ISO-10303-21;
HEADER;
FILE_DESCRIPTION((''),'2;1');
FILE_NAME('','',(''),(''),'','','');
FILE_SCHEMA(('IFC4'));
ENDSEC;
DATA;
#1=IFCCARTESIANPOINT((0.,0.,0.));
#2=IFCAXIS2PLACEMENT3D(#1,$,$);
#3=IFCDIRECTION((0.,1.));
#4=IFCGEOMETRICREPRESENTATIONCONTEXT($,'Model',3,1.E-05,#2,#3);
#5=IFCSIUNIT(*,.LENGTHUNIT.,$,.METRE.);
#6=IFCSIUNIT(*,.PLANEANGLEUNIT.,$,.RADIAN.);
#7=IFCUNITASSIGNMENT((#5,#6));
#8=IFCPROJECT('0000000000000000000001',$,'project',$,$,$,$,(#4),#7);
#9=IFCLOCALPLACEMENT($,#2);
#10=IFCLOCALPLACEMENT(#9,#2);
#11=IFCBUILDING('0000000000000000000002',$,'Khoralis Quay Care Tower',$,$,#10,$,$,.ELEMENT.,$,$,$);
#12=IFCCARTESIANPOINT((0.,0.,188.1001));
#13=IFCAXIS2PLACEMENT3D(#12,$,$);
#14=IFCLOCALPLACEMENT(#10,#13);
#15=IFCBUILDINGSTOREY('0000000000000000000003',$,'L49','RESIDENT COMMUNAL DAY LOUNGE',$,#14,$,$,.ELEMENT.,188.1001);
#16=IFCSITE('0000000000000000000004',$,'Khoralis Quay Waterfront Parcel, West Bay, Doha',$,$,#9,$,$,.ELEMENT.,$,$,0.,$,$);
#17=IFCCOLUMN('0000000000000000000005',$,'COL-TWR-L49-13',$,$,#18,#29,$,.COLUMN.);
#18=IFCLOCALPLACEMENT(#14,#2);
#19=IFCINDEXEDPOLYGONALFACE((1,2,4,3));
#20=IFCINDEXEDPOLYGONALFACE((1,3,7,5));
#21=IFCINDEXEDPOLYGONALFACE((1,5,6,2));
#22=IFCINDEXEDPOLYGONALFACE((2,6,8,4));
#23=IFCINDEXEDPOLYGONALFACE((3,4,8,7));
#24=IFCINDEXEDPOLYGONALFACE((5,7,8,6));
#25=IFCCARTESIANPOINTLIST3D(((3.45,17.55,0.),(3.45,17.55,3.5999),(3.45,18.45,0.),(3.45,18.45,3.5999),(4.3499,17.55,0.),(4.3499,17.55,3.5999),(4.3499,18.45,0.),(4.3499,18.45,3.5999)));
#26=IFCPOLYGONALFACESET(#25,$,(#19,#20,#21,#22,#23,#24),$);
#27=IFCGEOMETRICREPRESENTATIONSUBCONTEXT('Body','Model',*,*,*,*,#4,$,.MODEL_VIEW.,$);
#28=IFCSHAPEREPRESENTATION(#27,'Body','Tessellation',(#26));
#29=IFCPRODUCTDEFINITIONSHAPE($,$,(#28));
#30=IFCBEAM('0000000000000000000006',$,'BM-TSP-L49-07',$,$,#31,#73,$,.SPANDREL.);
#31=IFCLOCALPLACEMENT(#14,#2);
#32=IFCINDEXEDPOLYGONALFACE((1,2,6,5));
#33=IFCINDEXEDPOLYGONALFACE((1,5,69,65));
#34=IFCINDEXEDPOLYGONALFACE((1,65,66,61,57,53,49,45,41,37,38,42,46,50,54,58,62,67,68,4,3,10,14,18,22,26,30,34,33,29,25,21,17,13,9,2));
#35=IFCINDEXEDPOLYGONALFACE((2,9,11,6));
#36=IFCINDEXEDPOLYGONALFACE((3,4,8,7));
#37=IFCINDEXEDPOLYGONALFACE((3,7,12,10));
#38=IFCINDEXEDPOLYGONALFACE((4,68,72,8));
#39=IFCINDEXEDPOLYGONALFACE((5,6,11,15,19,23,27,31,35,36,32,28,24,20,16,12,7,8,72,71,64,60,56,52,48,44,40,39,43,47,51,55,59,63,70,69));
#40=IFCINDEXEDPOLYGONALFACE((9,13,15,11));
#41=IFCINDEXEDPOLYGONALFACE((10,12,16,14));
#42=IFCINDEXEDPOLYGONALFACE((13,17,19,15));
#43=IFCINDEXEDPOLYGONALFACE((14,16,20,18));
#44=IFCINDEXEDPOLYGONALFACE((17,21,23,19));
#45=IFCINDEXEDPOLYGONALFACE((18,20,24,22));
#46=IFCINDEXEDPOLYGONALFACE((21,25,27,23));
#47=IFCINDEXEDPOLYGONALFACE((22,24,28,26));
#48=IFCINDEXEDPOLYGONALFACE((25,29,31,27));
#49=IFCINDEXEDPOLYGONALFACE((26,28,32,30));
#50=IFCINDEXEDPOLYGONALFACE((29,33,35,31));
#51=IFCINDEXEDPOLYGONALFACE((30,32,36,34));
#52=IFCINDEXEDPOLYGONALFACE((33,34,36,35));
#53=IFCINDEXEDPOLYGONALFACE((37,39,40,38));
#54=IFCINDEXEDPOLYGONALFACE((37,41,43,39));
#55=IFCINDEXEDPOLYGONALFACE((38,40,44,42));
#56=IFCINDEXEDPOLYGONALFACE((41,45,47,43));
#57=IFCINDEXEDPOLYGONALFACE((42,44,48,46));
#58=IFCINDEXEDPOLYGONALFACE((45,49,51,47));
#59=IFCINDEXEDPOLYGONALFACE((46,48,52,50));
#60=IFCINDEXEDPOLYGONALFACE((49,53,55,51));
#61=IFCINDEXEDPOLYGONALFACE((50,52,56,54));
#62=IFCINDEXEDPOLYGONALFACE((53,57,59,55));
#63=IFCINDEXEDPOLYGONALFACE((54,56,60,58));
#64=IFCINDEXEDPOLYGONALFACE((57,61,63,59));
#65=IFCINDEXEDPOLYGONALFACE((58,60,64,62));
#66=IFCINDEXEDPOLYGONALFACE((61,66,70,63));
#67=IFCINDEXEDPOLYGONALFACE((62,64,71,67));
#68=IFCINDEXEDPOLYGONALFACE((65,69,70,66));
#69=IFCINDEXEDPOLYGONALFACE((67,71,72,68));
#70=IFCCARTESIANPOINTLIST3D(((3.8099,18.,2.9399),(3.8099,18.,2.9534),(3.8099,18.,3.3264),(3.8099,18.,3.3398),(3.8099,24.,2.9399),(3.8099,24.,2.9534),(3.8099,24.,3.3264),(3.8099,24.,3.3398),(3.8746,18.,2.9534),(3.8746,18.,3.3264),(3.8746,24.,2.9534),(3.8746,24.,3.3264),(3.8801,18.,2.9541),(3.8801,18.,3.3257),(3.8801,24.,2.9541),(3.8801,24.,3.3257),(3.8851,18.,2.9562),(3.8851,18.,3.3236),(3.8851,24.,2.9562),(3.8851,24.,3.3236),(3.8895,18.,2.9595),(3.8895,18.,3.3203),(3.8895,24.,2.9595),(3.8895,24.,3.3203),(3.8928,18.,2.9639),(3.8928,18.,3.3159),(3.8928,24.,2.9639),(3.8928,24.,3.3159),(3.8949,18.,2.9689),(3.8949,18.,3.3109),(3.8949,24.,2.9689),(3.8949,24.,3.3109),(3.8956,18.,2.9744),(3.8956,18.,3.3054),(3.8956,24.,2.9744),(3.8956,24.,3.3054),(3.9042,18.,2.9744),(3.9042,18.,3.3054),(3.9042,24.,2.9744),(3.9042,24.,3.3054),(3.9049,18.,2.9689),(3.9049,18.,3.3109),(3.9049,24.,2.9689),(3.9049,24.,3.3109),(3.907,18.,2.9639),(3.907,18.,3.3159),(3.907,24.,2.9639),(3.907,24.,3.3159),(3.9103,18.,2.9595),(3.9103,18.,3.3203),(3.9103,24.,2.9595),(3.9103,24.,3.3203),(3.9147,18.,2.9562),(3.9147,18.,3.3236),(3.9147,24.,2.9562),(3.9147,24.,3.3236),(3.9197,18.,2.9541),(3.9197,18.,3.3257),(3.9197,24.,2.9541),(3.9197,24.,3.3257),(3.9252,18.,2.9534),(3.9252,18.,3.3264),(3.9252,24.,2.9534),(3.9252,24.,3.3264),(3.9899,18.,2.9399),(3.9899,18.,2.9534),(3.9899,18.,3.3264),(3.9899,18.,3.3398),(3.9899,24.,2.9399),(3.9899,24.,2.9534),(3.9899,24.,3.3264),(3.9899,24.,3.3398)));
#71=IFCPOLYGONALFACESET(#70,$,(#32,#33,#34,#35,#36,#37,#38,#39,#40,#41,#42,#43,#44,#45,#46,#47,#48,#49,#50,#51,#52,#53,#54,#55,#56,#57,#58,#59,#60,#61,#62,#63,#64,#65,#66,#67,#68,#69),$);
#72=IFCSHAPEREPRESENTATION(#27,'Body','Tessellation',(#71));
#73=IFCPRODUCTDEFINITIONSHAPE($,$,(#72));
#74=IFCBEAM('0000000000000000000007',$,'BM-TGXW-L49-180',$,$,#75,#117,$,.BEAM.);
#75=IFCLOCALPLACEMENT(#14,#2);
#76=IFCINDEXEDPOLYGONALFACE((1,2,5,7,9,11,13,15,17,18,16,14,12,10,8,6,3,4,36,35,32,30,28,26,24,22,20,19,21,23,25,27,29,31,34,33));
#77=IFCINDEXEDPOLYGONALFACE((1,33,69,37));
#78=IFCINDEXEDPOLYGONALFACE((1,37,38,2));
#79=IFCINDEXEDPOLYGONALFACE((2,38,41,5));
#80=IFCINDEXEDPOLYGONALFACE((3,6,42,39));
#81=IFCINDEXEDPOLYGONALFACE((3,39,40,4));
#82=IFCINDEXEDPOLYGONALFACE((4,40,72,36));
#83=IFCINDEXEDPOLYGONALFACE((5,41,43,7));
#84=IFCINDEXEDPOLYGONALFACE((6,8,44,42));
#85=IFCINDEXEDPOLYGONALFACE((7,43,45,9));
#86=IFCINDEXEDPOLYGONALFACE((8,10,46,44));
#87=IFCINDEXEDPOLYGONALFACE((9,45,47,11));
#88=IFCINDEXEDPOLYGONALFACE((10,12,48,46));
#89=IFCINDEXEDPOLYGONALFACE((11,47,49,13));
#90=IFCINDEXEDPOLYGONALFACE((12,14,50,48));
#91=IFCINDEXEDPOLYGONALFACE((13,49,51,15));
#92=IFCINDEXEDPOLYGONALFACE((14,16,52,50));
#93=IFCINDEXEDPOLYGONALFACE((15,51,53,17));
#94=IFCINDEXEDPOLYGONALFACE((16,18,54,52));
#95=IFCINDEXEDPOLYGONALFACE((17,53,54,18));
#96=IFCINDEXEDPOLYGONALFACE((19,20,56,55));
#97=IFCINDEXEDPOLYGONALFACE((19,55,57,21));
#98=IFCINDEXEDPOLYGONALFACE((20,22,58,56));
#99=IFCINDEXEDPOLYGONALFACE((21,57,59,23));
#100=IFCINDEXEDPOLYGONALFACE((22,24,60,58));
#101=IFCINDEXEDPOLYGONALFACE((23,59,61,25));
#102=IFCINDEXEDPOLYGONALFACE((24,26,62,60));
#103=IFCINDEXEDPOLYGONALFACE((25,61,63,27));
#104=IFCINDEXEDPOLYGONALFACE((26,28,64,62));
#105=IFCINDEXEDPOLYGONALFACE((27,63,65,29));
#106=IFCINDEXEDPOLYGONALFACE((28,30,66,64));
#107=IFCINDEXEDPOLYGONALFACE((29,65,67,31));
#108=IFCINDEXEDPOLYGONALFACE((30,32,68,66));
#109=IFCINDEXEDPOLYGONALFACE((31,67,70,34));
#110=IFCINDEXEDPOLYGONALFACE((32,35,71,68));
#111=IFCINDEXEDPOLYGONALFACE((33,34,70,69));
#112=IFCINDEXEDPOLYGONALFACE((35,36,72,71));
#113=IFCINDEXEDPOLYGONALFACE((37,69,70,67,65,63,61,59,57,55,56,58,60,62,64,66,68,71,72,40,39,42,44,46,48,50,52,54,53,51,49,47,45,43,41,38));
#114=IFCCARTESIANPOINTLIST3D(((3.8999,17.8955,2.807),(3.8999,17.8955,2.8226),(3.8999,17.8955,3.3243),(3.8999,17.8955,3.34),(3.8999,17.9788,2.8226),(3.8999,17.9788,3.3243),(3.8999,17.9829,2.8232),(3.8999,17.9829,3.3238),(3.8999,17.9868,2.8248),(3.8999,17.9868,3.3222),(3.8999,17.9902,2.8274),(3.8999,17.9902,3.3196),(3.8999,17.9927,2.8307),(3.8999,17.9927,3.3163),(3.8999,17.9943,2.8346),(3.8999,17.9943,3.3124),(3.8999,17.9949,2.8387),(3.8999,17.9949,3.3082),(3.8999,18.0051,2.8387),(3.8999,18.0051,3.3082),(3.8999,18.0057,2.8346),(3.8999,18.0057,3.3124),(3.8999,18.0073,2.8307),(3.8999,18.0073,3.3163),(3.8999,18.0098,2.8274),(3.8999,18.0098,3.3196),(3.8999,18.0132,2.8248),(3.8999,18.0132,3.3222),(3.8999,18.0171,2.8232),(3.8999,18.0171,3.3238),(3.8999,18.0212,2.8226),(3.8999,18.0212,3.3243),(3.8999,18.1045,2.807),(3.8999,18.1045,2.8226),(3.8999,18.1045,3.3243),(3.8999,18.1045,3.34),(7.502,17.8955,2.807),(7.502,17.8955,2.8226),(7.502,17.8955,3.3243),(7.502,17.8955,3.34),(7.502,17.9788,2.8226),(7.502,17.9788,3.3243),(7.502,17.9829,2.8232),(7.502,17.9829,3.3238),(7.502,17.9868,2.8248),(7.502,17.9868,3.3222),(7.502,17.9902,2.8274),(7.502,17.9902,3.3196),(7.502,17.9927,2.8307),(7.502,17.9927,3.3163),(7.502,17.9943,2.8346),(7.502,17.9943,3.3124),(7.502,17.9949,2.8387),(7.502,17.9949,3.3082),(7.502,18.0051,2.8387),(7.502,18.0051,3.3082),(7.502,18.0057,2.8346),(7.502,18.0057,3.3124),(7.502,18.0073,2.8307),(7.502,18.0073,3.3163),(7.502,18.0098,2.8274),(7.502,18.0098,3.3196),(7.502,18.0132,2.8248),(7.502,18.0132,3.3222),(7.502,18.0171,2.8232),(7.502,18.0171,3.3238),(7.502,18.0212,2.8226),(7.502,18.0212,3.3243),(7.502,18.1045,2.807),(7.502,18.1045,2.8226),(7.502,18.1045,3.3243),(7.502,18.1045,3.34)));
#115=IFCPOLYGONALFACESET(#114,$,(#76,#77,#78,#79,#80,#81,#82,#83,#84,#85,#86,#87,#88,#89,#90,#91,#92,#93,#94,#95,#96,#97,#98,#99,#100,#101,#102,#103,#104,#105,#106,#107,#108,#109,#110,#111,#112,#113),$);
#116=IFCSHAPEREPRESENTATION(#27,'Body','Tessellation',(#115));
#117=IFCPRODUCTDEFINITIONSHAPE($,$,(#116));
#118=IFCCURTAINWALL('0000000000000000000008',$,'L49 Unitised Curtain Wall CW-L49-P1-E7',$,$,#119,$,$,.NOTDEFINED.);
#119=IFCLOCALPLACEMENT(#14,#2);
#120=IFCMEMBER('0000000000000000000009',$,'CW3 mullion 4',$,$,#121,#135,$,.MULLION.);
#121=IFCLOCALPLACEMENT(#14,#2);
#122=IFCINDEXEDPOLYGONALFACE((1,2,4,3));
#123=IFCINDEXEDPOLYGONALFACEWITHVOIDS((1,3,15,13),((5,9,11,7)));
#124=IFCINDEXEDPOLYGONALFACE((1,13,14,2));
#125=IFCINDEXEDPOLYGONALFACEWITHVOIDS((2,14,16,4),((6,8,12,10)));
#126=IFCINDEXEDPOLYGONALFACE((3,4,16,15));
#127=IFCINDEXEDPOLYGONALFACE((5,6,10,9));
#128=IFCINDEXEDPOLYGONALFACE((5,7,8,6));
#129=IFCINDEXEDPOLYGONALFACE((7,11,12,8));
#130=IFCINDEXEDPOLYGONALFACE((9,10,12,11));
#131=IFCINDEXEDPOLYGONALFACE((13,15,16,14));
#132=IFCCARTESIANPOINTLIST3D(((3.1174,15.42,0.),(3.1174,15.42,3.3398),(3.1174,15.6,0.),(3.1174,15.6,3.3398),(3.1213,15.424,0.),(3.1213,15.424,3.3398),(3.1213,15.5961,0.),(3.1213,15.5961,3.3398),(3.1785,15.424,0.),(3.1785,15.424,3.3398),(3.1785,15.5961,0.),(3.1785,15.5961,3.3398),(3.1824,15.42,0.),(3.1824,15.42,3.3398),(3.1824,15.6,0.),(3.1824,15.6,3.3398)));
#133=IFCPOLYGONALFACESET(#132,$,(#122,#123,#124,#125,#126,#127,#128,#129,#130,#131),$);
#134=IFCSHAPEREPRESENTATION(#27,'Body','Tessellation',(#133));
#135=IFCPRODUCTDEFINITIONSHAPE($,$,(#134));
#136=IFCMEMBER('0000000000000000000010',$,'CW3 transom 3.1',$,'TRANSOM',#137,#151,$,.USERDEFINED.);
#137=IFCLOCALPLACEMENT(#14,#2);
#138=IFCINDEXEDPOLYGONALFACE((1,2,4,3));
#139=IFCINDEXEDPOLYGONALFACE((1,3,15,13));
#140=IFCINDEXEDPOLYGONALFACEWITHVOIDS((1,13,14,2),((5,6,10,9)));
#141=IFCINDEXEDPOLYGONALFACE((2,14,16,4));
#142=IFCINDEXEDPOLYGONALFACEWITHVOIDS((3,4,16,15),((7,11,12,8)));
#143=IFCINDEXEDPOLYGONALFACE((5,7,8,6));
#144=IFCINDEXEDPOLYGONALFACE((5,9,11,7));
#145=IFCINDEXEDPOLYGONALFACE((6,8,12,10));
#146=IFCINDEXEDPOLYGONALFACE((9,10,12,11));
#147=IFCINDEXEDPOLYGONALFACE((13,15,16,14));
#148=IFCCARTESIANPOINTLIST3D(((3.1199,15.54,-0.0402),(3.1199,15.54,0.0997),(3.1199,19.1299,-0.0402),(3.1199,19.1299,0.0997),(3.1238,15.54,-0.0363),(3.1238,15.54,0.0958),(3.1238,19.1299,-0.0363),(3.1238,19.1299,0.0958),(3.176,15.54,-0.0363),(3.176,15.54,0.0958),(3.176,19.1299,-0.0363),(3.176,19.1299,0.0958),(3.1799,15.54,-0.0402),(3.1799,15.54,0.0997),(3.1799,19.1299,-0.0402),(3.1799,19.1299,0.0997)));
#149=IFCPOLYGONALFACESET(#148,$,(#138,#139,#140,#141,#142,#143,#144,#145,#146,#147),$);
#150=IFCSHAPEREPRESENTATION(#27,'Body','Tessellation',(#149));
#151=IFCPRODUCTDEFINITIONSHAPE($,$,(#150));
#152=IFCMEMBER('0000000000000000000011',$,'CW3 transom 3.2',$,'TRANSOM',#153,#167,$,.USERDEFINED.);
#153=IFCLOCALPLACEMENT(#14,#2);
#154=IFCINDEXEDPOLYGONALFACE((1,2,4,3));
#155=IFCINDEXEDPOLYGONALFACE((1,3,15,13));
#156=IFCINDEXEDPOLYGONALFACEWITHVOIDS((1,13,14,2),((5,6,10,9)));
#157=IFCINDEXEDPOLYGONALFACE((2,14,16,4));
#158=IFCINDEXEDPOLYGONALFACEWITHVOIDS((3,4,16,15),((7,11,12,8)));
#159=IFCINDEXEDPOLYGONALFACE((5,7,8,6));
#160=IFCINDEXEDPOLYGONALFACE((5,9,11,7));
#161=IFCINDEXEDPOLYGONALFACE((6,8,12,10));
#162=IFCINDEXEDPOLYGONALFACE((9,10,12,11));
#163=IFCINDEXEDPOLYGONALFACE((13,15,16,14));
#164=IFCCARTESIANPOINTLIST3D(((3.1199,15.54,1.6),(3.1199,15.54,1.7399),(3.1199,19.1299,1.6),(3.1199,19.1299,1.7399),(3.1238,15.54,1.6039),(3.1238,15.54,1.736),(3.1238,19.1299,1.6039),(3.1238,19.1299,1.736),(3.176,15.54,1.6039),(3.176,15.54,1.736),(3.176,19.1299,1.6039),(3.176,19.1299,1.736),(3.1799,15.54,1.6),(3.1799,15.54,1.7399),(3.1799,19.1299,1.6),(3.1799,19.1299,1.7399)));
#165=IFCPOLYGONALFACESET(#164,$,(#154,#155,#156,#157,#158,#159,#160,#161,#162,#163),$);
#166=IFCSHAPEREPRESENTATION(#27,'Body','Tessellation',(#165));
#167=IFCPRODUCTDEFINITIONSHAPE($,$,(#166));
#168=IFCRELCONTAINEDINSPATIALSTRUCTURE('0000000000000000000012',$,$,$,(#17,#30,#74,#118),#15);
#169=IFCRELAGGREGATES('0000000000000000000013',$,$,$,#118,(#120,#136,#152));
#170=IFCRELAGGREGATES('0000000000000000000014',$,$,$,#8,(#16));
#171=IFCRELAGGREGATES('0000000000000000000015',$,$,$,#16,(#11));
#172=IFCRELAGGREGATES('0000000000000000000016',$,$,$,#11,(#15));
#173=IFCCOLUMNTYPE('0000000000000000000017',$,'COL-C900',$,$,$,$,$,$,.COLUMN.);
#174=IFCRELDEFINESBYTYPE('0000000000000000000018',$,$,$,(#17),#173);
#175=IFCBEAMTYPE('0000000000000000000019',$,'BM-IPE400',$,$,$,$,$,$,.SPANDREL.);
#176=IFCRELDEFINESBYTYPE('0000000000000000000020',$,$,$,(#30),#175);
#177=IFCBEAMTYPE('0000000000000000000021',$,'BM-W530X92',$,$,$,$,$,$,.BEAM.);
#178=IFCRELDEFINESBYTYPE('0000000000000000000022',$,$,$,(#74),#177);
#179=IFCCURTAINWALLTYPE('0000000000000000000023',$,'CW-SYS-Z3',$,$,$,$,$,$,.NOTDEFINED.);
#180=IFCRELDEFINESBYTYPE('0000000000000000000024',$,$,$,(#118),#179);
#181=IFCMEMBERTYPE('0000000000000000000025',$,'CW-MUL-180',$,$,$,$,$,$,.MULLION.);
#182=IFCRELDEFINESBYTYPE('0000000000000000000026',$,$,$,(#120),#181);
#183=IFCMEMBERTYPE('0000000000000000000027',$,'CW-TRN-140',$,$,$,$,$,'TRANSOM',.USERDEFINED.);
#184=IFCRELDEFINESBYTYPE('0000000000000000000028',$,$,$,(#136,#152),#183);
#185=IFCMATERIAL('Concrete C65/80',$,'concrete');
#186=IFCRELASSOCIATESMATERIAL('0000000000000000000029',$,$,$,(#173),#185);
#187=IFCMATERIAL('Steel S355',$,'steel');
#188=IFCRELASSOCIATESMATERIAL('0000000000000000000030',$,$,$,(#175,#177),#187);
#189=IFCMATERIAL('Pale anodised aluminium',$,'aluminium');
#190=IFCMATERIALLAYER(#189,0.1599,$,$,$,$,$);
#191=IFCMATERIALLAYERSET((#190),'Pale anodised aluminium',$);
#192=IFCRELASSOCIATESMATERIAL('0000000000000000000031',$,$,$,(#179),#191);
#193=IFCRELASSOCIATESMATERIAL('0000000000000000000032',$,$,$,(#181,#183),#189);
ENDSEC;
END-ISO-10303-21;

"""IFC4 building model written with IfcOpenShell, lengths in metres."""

from ifc_helpers import new_model, si_unit, direction, frame, origin, origin_2d, place, context, subcontext, project, spatial, rectangle, hollow_rectangle, i_section, extrude, source, transform, mapped, material, layer, layer_set, material_profile, profile_set, type_object, element, aggregate, save


model = new_model("IFC4")

# Units and contexts
model_context = context("Model", 3, precision=1e-05, world=origin(), true_north=direction((0.0, 1.0)))
body_context = subcontext(model_context, "Body", "Model", "MODEL_VIEW")
ifc_project = project(units=[si_unit("LENGTHUNIT", "METRE"), si_unit("PLANEANGLEUNIT", "RADIAN")], contexts=[model_context])

# Site, building, storey
site_placement = place(None, origin())
site = spatial("IfcSite", under=ifc_project, at=site_placement, Name="Khoralis Quay Waterfront Parcel, West Bay, Doha", CompositionType="ELEMENT", RefElevation=0.0)
building_placement = place(site_placement, origin())
building = spatial("IfcBuilding", under=site, at=building_placement, Name="Khoralis Quay Care Tower", CompositionType="ELEMENT")
storey_placement = place(building_placement, frame((0.0, 0.0, 188.1001)))
storey = spatial("IfcBuildingStorey", under=building, at=storey_placement, Name="L49", Description="RESIDENT COMMUNAL DAY LOUNGE", CompositionType="ELEMENT", Elevation=188.1001)

# Column
ifc_material_1 = material(Name="Concrete C65/80", Category="concrete")
ifc_material_profile_1 = material_profile(ifc_material_1, rectangle(XDim=0.8999, YDim=0.8999, at=origin_2d()), Name="Concrete C65/80")
ifc_profile_set_1 = profile_set([ifc_material_profile_1], Name="Concrete C65/80")
column_type = type_object("IfcColumnType", Name="COL-C900", PredefinedType="COLUMN", material=ifc_profile_set_1)
shared_shape_1 = source(origin(), body_context, "Body", "SweptSolid", [
    extrude(rectangle(XDim=0.8999, YDim=0.8999, at=origin_2d()), origin(), (0.0, 0.0, 1.0), 3.5999),
])
column_placement = place(storey_placement, frame((3.8999, 18.0, 0.0), z_axis=(0.0, 0.0, 1.0), x_axis=(1.0, 0.0, 0.0)))
element("IfcColumn", 1, at=column_placement, inside=storey, type_object=column_type, Name="COL-TWR-L49-13", PredefinedType="COLUMN", context=body_context, shape_type="MappedRepresentation", body=[
    mapped(shared_shape_1, transform((0.0, 0.0, 0.0), scale=1.0)),
])

# Beams
ifc_material_2 = material(Name="Steel S355", Category="steel")
ifc_material_profile_2 = material_profile(ifc_material_2, i_section(OverallWidth=0.1799, OverallDepth=0.3999, WebThickness=0.0085, FlangeThickness=0.0134, FilletRadius=0.021, at=origin_2d()), Name="Steel S355")
ifc_profile_set_2 = profile_set([ifc_material_profile_2], Name="Steel S355")
beam_type_1 = type_object("IfcBeamType", Name="BM-IPE400", PredefinedType="SPANDREL", material=ifc_profile_set_2)
shared_shape_2 = source(origin(), body_context, "Body", "SweptSolid", [
    extrude(i_section(OverallWidth=0.1799, OverallDepth=0.3999, WebThickness=0.0085, FlangeThickness=0.0134, FilletRadius=0.021, at=origin_2d()), origin(), (0.0, 0.0, 1.0), 6.0),
])
beam_1_placement = place(storey_placement, frame((3.8999, 18.0, 3.1399), z_axis=(0.0, 1.0, 0.0), x_axis=(-1.0, 0.0, 0.0)))
element("IfcBeam", 2, at=beam_1_placement, inside=storey, type_object=beam_type_1, Name="BM-TSP-L49-07", PredefinedType="SPANDREL", context=body_context, shape_type="MappedRepresentation", body=[
    mapped(shared_shape_2, transform((0.0, 0.0, 0.0), scale=1.0)),
])
ifc_material_profile_3 = material_profile(ifc_material_2, i_section(OverallWidth=0.209, OverallDepth=0.533, WebThickness=0.0103, FlangeThickness=0.0156, FilletRadius=0.0161, at=origin_2d()), Name="Steel S355")
ifc_profile_set_3 = profile_set([ifc_material_profile_3], Name="Steel S355")
beam_type_2 = type_object("IfcBeamType", Name="BM-W530X92", PredefinedType="BEAM", material=ifc_profile_set_3)
shared_shape_3 = source(origin(), body_context, "Body", "SweptSolid", [
    extrude(i_section(OverallWidth=0.209, OverallDepth=0.533, WebThickness=0.0103, FlangeThickness=0.0156, FilletRadius=0.0161, at=origin_2d()), origin(), (0.0, 0.0, 1.0), 3.6021),
])
beam_2_placement = place(storey_placement, frame((3.8999, 18.0, 3.0735), z_axis=(1.0, 0.0, 0.0), x_axis=(0.0, 1.0, 0.0)))
element("IfcBeam", 3, at=beam_2_placement, inside=storey, type_object=beam_type_2, Name="BM-TGXW-L49-180", PredefinedType="BEAM", context=body_context, shape_type="MappedRepresentation", body=[
    mapped(shared_shape_3, transform((0.0, 0.0, 0.0), scale=1.0)),
])

# Curtain wall, members
ifc_material_3 = material(Name="Pale anodised aluminium", Category="aluminium")
ifc_layer_1 = layer(ifc_material_3, 0.1599)
ifc_layer_set_1 = layer_set([ifc_layer_1], Name="Pale anodised aluminium")
curtain_wall_type = type_object("IfcCurtainWallType", Name="CW-SYS-Z3", PredefinedType="NOTDEFINED", material=ifc_layer_set_1)
curtain_wall_placement = place(storey_placement, origin())
curtain_wall = element("IfcCurtainWall", 4, at=curtain_wall_placement, inside=storey, type_object=curtain_wall_type, Name="L49 Unitised Curtain Wall CW-L49-P1-E7", PredefinedType="NOTDEFINED")
ifc_material_profile_4 = material_profile(ifc_material_3, hollow_rectangle(XDim=0.0649, YDim=0.1799, WallThickness=0.0039, at=origin_2d()), Name="Pale anodised aluminium")
ifc_profile_set_4 = profile_set([ifc_material_profile_4], Name="Pale anodised aluminium")
member_type_1 = type_object("IfcMemberType", Name="CW-MUL-180", PredefinedType="MULLION", material=ifc_profile_set_4)
shared_shape_4 = source(origin(), body_context, "Body", "SweptSolid", [
    extrude(hollow_rectangle(XDim=0.0649, YDim=0.1799, WallThickness=0.0039, at=origin_2d()), origin(), (0.0, 0.0, 1.0), 3.3398),
])
member_1_placement = place(storey_placement, frame((3.1499, 15.51, 0.0), z_axis=(0.0, 0.0, 1.0), x_axis=(1.0, 0.0, 0.0)))
member_1 = element("IfcMember", 5, at=member_1_placement, type_object=member_type_1, Name="CW3 mullion 4", PredefinedType="MULLION", context=body_context, shape_type="MappedRepresentation", body=[
    mapped(shared_shape_4, transform((0.0, 0.0, 0.0), scale=1.0)),
])
ifc_material_profile_5 = material_profile(ifc_material_3, hollow_rectangle(XDim=0.0601, YDim=0.1399, WallThickness=0.0039, at=origin_2d()), Name="Pale anodised aluminium")
ifc_profile_set_5 = profile_set([ifc_material_profile_5], Name="Pale anodised aluminium")
member_type_2 = type_object("IfcMemberType", Name="CW-TRN-140", ElementType="TRANSOM", PredefinedType="USERDEFINED", material=ifc_profile_set_5)
shared_shape_5 = source(origin(), body_context, "Body", "SweptSolid", [
    extrude(hollow_rectangle(XDim=0.0601, YDim=0.1399, WallThickness=0.0039, at=origin_2d()), origin(), (0.0, 0.0, 1.0), 3.5898),
])
member_2_placement = place(storey_placement, frame((3.1499, 19.1299, 0.0298), z_axis=(0.0, -1.0, 0.0), x_axis=(1.0, 0.0, 0.0)))
member_2 = element("IfcMember", 6, at=member_2_placement, type_object=member_type_2, Name="CW3 transom 3.1", ObjectType="TRANSOM", PredefinedType="USERDEFINED", context=body_context, shape_type="MappedRepresentation", body=[
    mapped(shared_shape_5, transform((0.0, 0.0, 0.0), scale=1.0)),
])
member_3_placement = place(storey_placement, frame((3.1499, 19.1299, 1.6699), z_axis=(0.0, -1.0, 0.0), x_axis=(1.0, 0.0, 0.0)))
member_3 = element("IfcMember", 7, at=member_3_placement, type_object=member_type_2, Name="CW3 transom 3.2", ObjectType="TRANSOM", PredefinedType="USERDEFINED", context=body_context, shape_type="MappedRepresentation", body=[
    mapped(shared_shape_5, transform((0.0, 0.0, 0.0), scale=1.0)),
])
aggregate(curtain_wall, [member_1, member_2, member_3])

save(model, "model.ifc")
